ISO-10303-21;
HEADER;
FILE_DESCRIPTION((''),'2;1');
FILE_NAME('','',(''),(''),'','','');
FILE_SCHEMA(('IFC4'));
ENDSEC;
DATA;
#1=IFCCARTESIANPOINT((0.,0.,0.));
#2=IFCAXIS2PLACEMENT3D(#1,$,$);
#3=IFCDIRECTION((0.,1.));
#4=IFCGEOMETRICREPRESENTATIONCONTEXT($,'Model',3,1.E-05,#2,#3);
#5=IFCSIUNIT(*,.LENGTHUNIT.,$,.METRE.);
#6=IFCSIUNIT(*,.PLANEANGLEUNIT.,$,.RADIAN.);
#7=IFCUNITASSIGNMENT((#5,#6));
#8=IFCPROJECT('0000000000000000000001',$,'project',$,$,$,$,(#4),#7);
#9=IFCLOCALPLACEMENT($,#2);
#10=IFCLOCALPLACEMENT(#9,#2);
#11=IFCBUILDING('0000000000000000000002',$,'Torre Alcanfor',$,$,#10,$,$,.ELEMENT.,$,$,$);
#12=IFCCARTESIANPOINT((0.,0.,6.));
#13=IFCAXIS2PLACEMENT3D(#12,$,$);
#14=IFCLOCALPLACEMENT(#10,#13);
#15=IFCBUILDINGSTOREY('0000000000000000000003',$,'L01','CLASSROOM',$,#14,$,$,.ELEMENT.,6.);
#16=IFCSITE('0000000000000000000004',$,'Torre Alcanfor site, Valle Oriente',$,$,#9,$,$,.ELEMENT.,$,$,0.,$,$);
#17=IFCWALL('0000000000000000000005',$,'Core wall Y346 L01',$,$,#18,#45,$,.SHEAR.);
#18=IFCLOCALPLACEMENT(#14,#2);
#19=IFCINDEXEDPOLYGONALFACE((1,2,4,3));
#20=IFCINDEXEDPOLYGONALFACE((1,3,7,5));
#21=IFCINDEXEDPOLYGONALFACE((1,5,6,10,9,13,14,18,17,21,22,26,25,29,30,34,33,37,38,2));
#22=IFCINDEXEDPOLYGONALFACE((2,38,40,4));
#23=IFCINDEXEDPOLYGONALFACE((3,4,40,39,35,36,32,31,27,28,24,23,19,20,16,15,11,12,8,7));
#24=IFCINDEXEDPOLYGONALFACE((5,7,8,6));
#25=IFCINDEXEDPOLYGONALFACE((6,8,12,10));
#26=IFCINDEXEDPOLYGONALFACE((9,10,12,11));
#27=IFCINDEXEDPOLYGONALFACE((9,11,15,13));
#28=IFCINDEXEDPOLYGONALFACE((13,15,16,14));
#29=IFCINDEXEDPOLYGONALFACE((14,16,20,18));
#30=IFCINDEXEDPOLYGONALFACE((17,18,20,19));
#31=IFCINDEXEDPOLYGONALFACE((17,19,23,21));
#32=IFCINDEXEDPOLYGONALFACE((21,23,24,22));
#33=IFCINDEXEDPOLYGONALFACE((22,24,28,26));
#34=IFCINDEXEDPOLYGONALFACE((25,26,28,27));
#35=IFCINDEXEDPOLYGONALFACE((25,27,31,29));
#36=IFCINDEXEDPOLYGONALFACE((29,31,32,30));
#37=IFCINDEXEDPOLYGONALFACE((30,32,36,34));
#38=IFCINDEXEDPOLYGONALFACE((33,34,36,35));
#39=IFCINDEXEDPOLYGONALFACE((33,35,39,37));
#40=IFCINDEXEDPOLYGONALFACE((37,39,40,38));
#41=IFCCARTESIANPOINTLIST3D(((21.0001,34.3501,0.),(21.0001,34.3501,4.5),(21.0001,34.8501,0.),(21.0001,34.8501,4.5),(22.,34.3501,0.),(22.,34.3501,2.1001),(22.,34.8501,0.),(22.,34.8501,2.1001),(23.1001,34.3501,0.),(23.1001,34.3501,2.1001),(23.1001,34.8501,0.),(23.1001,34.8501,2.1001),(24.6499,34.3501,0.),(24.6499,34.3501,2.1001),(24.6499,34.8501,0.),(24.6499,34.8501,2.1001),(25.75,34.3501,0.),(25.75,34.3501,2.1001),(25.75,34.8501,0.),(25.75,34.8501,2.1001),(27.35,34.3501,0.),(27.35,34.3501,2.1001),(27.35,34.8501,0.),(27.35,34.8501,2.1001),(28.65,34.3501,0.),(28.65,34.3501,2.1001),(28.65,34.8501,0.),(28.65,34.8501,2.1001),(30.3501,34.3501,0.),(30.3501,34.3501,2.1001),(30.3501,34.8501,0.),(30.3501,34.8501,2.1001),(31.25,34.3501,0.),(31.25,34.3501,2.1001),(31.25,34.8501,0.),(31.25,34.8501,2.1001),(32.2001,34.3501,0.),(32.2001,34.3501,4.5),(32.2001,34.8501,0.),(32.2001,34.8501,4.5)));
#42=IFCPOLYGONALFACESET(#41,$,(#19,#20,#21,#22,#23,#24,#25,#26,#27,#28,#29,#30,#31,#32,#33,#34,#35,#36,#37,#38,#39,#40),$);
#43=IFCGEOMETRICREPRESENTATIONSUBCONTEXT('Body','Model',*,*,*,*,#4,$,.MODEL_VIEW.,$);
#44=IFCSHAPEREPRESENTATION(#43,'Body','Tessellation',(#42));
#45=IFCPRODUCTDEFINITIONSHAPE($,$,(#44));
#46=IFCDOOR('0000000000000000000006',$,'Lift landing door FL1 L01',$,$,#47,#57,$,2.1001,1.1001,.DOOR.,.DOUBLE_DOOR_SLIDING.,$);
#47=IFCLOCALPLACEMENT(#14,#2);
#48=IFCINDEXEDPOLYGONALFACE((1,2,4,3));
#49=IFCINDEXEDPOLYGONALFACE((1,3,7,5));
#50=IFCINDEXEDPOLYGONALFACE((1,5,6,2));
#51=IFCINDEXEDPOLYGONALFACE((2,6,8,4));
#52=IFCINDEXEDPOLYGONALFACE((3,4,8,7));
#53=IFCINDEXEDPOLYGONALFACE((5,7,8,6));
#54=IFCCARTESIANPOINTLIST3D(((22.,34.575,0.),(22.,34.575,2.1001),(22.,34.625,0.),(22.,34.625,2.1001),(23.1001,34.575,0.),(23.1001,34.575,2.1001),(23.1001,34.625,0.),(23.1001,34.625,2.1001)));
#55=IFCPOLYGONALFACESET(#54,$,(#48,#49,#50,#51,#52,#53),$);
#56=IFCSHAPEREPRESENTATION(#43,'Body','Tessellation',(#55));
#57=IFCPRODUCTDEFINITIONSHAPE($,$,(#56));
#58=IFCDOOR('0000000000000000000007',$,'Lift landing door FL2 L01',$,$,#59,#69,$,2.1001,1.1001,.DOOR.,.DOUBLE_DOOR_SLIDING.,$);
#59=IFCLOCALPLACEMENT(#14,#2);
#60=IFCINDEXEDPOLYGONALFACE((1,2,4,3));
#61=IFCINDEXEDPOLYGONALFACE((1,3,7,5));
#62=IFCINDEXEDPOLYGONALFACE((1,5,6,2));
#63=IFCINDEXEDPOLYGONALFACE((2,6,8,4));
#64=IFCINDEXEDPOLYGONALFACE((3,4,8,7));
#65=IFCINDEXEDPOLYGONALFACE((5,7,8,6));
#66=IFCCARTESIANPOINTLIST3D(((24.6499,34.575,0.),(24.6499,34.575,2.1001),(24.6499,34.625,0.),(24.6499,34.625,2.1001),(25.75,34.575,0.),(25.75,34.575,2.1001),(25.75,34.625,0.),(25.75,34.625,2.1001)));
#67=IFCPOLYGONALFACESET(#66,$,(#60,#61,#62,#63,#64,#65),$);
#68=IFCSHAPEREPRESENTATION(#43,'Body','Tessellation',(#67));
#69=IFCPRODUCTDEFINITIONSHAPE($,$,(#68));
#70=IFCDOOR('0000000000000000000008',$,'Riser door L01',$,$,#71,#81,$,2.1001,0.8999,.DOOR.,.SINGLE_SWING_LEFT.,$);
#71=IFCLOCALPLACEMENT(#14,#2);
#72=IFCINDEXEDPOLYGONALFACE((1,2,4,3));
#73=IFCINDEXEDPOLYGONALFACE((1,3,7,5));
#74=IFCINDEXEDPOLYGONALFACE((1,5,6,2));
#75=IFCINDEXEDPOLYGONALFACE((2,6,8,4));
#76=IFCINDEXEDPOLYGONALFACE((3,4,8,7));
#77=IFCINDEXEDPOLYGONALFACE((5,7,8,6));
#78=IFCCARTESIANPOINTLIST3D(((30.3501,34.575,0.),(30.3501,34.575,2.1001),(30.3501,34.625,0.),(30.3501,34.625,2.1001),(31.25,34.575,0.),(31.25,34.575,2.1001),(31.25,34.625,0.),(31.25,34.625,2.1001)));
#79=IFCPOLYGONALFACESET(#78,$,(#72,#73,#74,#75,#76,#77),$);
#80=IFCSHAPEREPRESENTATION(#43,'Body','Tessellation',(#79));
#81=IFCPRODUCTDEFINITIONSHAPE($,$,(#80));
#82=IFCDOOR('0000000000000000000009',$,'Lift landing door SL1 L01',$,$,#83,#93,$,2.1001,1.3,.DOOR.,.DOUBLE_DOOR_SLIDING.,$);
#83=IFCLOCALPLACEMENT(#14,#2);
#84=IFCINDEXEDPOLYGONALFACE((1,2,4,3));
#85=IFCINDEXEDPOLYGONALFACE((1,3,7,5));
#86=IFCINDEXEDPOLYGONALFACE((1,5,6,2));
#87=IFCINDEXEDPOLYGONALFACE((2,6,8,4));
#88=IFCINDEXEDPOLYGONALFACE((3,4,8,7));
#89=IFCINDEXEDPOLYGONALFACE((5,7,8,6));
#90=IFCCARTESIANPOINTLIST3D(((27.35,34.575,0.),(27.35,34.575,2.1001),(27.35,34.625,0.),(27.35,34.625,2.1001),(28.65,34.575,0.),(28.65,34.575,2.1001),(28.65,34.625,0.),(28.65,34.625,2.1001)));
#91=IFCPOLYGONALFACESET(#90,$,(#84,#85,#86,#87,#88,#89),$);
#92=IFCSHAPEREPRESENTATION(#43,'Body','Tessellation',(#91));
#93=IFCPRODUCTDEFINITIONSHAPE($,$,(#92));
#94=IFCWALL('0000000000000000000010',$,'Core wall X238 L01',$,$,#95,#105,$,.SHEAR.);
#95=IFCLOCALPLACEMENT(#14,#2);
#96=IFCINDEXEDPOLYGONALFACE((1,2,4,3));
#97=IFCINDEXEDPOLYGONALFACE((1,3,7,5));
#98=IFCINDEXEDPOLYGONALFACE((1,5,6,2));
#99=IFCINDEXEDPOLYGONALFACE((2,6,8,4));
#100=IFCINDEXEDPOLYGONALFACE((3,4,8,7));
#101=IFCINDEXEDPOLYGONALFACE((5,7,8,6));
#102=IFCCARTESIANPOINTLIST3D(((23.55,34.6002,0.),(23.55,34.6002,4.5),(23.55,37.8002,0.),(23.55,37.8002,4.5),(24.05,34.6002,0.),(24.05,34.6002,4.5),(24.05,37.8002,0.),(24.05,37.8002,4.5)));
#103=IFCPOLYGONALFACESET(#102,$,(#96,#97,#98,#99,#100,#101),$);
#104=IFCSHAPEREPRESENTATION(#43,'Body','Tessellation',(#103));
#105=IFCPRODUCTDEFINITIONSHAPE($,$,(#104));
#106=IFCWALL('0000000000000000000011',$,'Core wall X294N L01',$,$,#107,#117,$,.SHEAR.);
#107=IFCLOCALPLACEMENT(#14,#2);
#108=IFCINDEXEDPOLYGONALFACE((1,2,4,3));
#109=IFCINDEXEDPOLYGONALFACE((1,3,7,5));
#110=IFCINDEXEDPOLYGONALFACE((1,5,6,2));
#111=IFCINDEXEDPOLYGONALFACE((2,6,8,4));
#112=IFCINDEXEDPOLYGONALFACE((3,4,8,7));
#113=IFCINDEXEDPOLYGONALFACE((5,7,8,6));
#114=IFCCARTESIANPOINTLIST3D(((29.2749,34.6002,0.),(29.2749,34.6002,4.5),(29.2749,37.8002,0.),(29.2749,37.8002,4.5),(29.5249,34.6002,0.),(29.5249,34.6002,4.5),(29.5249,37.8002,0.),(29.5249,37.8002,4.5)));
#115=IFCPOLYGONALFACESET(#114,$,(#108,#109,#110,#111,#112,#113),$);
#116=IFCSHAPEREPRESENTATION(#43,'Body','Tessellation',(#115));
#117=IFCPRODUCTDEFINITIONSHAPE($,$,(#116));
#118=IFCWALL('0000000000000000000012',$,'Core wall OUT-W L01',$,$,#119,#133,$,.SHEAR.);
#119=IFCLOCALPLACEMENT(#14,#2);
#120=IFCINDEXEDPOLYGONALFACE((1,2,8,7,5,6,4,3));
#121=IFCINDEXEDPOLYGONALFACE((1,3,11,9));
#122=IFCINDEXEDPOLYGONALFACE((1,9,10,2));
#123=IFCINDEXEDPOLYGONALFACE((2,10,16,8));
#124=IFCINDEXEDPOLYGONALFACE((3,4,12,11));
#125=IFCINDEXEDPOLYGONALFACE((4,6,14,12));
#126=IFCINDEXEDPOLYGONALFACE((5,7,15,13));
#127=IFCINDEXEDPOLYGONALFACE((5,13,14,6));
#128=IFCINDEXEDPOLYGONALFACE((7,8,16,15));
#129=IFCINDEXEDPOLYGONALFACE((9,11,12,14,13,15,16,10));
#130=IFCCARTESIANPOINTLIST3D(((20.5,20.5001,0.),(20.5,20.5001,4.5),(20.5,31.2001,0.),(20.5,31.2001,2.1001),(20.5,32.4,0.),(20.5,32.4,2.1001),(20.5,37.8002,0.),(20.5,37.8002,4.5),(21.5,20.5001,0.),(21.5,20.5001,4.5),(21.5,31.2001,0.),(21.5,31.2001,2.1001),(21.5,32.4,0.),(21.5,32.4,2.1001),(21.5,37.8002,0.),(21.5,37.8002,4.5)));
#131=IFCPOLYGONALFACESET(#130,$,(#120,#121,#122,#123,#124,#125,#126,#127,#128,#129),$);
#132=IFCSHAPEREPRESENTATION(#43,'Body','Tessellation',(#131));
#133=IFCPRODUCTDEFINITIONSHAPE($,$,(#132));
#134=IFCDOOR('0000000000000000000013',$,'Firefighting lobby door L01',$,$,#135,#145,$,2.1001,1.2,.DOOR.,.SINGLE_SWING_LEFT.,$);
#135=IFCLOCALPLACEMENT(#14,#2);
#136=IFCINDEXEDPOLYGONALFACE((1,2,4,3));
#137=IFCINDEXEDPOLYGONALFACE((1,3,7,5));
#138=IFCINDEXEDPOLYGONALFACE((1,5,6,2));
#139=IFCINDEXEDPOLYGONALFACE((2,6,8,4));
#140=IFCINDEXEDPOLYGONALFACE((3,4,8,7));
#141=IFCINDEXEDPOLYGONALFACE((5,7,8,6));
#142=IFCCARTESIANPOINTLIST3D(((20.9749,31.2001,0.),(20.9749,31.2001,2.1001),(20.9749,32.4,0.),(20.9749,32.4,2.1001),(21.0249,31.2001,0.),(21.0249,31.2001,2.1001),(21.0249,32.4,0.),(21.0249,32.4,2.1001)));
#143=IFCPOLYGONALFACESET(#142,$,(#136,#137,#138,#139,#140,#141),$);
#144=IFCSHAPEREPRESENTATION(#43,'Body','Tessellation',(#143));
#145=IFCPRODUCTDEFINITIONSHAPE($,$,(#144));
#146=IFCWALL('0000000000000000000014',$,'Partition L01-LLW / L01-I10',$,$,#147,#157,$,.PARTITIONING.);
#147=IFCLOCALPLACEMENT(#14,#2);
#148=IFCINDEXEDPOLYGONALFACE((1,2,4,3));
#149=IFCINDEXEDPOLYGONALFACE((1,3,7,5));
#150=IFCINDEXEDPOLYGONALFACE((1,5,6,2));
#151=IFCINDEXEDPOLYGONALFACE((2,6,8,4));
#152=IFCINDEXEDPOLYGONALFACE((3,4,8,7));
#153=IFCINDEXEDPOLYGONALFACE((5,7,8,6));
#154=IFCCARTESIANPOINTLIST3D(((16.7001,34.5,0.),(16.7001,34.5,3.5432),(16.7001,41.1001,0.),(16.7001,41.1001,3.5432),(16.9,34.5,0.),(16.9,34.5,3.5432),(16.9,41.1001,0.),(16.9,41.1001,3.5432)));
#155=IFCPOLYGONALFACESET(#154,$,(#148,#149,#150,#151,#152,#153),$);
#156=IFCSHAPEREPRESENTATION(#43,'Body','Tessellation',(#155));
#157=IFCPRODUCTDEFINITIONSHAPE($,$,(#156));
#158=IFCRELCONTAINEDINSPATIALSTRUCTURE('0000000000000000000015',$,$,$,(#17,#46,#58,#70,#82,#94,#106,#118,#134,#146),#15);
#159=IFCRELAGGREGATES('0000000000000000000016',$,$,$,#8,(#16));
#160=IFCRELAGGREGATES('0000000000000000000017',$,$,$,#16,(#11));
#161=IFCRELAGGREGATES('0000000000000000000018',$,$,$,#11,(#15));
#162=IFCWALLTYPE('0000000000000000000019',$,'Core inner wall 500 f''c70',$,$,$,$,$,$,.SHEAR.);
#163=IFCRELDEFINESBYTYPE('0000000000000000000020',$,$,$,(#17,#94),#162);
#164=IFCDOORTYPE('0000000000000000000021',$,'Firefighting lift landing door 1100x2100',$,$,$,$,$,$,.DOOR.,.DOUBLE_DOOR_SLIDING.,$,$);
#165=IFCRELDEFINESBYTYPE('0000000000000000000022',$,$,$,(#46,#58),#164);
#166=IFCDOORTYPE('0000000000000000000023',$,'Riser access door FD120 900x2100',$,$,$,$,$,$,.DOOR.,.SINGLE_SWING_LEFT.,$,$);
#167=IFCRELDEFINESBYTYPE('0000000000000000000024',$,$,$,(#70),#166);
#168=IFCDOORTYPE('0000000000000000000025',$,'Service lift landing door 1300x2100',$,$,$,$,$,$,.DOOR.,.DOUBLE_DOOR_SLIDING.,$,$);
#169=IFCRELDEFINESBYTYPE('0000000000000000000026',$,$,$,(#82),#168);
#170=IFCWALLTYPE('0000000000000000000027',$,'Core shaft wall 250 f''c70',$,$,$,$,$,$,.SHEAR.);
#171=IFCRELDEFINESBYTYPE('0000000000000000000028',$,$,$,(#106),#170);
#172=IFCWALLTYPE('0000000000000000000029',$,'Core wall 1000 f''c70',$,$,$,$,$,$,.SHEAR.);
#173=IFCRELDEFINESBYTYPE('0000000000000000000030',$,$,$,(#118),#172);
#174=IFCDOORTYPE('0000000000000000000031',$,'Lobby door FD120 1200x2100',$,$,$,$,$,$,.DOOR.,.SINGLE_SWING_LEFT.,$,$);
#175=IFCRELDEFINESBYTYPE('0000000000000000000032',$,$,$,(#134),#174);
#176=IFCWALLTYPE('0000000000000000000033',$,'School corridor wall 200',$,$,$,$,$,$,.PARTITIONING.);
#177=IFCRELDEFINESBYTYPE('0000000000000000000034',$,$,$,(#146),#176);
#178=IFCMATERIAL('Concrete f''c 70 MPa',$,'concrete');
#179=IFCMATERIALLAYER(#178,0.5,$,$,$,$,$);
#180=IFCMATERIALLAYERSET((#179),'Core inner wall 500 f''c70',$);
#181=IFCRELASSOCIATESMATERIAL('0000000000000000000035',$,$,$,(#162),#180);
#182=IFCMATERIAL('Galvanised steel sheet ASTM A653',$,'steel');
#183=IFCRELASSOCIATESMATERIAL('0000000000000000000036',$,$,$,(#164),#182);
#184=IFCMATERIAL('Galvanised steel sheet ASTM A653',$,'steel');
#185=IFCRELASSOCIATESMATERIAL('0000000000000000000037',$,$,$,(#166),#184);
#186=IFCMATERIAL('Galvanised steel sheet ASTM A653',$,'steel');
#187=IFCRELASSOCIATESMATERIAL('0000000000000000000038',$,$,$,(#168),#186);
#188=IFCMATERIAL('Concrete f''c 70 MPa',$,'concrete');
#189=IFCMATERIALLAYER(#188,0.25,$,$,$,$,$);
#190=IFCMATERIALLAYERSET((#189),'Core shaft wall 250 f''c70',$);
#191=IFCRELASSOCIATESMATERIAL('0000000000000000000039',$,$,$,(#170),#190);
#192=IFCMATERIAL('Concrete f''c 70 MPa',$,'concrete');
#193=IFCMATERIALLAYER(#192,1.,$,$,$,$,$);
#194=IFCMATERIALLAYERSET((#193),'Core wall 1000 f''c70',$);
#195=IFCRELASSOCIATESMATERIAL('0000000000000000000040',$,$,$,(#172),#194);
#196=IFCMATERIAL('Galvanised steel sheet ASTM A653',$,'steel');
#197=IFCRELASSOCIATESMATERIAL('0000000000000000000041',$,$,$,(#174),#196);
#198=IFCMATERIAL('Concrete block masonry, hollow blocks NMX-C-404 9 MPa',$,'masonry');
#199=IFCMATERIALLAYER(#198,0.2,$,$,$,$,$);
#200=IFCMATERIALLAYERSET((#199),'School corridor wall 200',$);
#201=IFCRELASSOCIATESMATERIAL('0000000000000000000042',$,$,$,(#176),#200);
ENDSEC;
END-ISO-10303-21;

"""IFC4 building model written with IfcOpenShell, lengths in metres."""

from ifc_helpers import new_model, si_unit, direction, frame, frame_2d, origin, place, context, subcontext, project, spatial, rectangle, extrude, material, layer, layer_set, type_object, element, fill, save


model = new_model("IFC4")

# Units and contexts
model_context = context("Model", 3, precision=1e-05, world=origin(), true_north=direction((0.0, 1.0)))
body_context = subcontext(model_context, "Body", "Model", "MODEL_VIEW")
ifc_project = project(units=[si_unit("LENGTHUNIT", "METRE"), si_unit("PLANEANGLEUNIT", "RADIAN")], contexts=[model_context])

# Site, building, storey
site_placement = place(None, origin())
site = spatial("IfcSite", under=ifc_project, at=site_placement, Name="Torre Alcanfor site, Valle Oriente", CompositionType="ELEMENT", RefElevation=0.0)
building_placement = place(site_placement, origin())
building = spatial("IfcBuilding", under=site, at=building_placement, Name="Torre Alcanfor", CompositionType="ELEMENT")
storey_placement = place(building_placement, frame((0.0, 0.0, 6.0)))
storey = spatial("IfcBuildingStorey", under=building, at=storey_placement, Name="L01", Description="CLASSROOM", CompositionType="ELEMENT", Elevation=6.0)

# Shared definitions
ifc_material_1 = material(Name="Concrete f'c 70 MPa", Category="concrete")
ifc_layer_1 = layer(ifc_material_1, 0.5)
ifc_layer_set_1 = layer_set([ifc_layer_1], Name="Core inner wall 500 f'c70")
wall_type_1 = type_object("IfcWallType", Name="Core inner wall 500 f'c70", PredefinedType="SHEAR", material=ifc_layer_set_1)

# Wall, openings, doors
wall_1_placement = place(storey_placement, frame((21.0, 34.6001, 0.0), z_axis=(0.0, 0.0, 1.0), x_axis=(1.0, 0.0, 0.0)))
wall_1 = element("IfcWall", 1, at=wall_1_placement, inside=storey, type_object=wall_type_1, Name="Core wall Y346 L01", PredefinedType="SHEAR", context=body_context, shape_type="SweptSolid", body=[
    extrude(rectangle(XDim=11.2, YDim=0.5, at=frame_2d((5.6001, 0.0))), origin(), (0.0, 0.0, 1.0), 4.5),
])
opening_1_placement = place(wall_1_placement, frame((9.3501, 0.0, 0.0)))
opening_1 = element("IfcOpeningElement", 2, at=opening_1_placement, cuts=wall_1, PredefinedType="OPENING", context=body_context, shape_type="SweptSolid", body=[
    extrude(rectangle(XDim=0.8999, YDim=2.1001, at=frame_2d((0.45, 1.05))), frame((0.0, 0.26, 0.0), z_axis=(0.0, -1.0, 0.0), x_axis=(1.0, 0.0, 0.0)), (0.0, 0.0, 1.0), 0.52),
])
opening_2_placement = place(wall_1_placement, frame((1.0, 0.0, 0.0)))
opening_2 = element("IfcOpeningElement", 3, at=opening_2_placement, cuts=wall_1, PredefinedType="OPENING", context=body_context, shape_type="SweptSolid", body=[
    extrude(rectangle(XDim=1.1001, YDim=2.1001, at=frame_2d((0.55, 1.05))), frame((0.0, 0.26, 0.0), z_axis=(0.0, -1.0, 0.0), x_axis=(1.0, 0.0, 0.0)), (0.0, 0.0, 1.0), 0.52),
])
opening_3_placement = place(wall_1_placement, frame((3.6499, 0.0, 0.0)))
opening_3 = element("IfcOpeningElement", 4, at=opening_3_placement, cuts=wall_1, PredefinedType="OPENING", context=body_context, shape_type="SweptSolid", body=[
    extrude(rectangle(XDim=1.1001, YDim=2.1001, at=frame_2d((0.55, 1.05))), frame((0.0, 0.26, 0.0), z_axis=(0.0, -1.0, 0.0), x_axis=(1.0, 0.0, 0.0)), (0.0, 0.0, 1.0), 0.52),
])
opening_4_placement = place(wall_1_placement, frame((6.3501, 0.0, 0.0)))
opening_4 = element("IfcOpeningElement", 5, at=opening_4_placement, cuts=wall_1, PredefinedType="OPENING", context=body_context, shape_type="SweptSolid", body=[
    extrude(rectangle(XDim=1.3, YDim=2.1001, at=frame_2d((0.6499, 1.05))), frame((0.0, 0.26, 0.0), z_axis=(0.0, -1.0, 0.0), x_axis=(1.0, 0.0, 0.0)), (0.0, 0.0, 1.0), 0.52),
])
ifc_material_2 = material(Name="Galvanised steel sheet ASTM A653", Category="steel")
door_type_1 = type_object("IfcDoorType", Name="Firefighting lift landing door 1100x2100", OperationType="DOUBLE_DOOR_SLIDING", PredefinedType="DOOR", material=ifc_material_2)
door_1_placement = place(opening_2_placement, origin())
door_1 = element("IfcDoor", 6, at=door_1_placement, inside=storey, type_object=door_type_1, Name="Lift landing door FL1 L01", OperationType="DOUBLE_DOOR_SLIDING", OverallHeight=2.1001, OverallWidth=1.1001, PredefinedType="DOOR", context=body_context, shape_type="SweptSolid", body=[
    extrude(rectangle(XDim=1.1001, YDim=2.1001, at=frame_2d((0.55, 1.05))), frame((0.0, 0.0249, 0.0), z_axis=(0.0, -1.0, 0.0), x_axis=(1.0, 0.0, 0.0)), (0.0, 0.0, 1.0), 0.05),
])
fill(opening_2, door_1)
door_2_placement = place(opening_3_placement, origin())
door_2 = element("IfcDoor", 7, at=door_2_placement, inside=storey, type_object=door_type_1, Name="Lift landing door FL2 L01", OperationType="DOUBLE_DOOR_SLIDING", OverallHeight=2.1001, OverallWidth=1.1001, PredefinedType="DOOR", context=body_context, shape_type="SweptSolid", body=[
    extrude(rectangle(XDim=1.1001, YDim=2.1001, at=frame_2d((0.55, 1.05))), frame((0.0, 0.0249, 0.0), z_axis=(0.0, -1.0, 0.0), x_axis=(1.0, 0.0, 0.0)), (0.0, 0.0, 1.0), 0.05),
])
fill(opening_3, door_2)
ifc_material_3 = material(Name="Galvanised steel sheet ASTM A653", Category="steel")
door_type_2 = type_object("IfcDoorType", Name="Riser access door FD120 900x2100", OperationType="SINGLE_SWING_LEFT", PredefinedType="DOOR", material=ifc_material_3)
door_3_placement = place(opening_1_placement, origin())
door_3 = element("IfcDoor", 8, at=door_3_placement, inside=storey, type_object=door_type_2, Name="Riser door L01", OperationType="SINGLE_SWING_LEFT", OverallHeight=2.1001, OverallWidth=0.8999, PredefinedType="DOOR", context=body_context, shape_type="SweptSolid", body=[
    extrude(rectangle(XDim=0.8999, YDim=2.1001, at=frame_2d((0.45, 1.05))), frame((0.0, 0.0249, 0.0), z_axis=(0.0, -1.0, 0.0), x_axis=(1.0, 0.0, 0.0)), (0.0, 0.0, 1.0), 0.05),
])
fill(opening_1, door_3)
ifc_material_4 = material(Name="Galvanised steel sheet ASTM A653", Category="steel")
door_type_3 = type_object("IfcDoorType", Name="Service lift landing door 1300x2100", OperationType="DOUBLE_DOOR_SLIDING", PredefinedType="DOOR", material=ifc_material_4)
door_4_placement = place(opening_4_placement, origin())
door_4 = element("IfcDoor", 9, at=door_4_placement, inside=storey, type_object=door_type_3, Name="Lift landing door SL1 L01", OperationType="DOUBLE_DOOR_SLIDING", OverallHeight=2.1001, OverallWidth=1.3, PredefinedType="DOOR", context=body_context, shape_type="SweptSolid", body=[
    extrude(rectangle(XDim=1.3, YDim=2.1001, at=frame_2d((0.6499, 1.05))), frame((0.0, 0.0249, 0.0), z_axis=(0.0, -1.0, 0.0), x_axis=(1.0, 0.0, 0.0)), (0.0, 0.0, 1.0), 0.05),
])
fill(opening_4, door_4)

# Walls
wall_2_placement = place(storey_placement, frame((23.8, 34.6001, 0.0), z_axis=(0.0, 0.0, 1.0), x_axis=(0.0, 1.0, 0.0)))
element("IfcWall", 10, at=wall_2_placement, inside=storey, type_object=wall_type_1, Name="Core wall X238 L01", PredefinedType="SHEAR", context=body_context, shape_type="SweptSolid", body=[
    extrude(rectangle(XDim=3.2, YDim=0.5, at=frame_2d((1.6001, 0.0))), origin(), (0.0, 0.0, 1.0), 4.5),
])
ifc_material_5 = material(Name="Concrete f'c 70 MPa", Category="concrete")
ifc_layer_2 = layer(ifc_material_5, 0.25)
ifc_layer_set_2 = layer_set([ifc_layer_2], Name="Core shaft wall 250 f'c70")
wall_type_2 = type_object("IfcWallType", Name="Core shaft wall 250 f'c70", PredefinedType="SHEAR", material=ifc_layer_set_2)
wall_3_placement = place(storey_placement, frame((29.3999, 34.6001, 0.0), z_axis=(0.0, 0.0, 1.0), x_axis=(0.0, 1.0, 0.0)))
element("IfcWall", 11, at=wall_3_placement, inside=storey, type_object=wall_type_2, Name="Core wall X294N L01", PredefinedType="SHEAR", context=body_context, shape_type="SweptSolid", body=[
    extrude(rectangle(XDim=3.2, YDim=0.25, at=frame_2d((1.6001, 0.0))), origin(), (0.0, 0.0, 1.0), 4.5),
])

# Wall, opening, door
ifc_material_6 = material(Name="Concrete f'c 70 MPa", Category="concrete")
ifc_layer_3 = layer(ifc_material_6, 1.0)
ifc_layer_set_3 = layer_set([ifc_layer_3], Name="Core wall 1000 f'c70")
wall_type_3 = type_object("IfcWallType", Name="Core wall 1000 f'c70", PredefinedType="SHEAR", material=ifc_layer_set_3)
wall_4_placement = place(storey_placement, frame((21.0, 37.8, 0.0), z_axis=(0.0, 0.0, 1.0), x_axis=(0.0, -1.0, 0.0)))
wall_4 = element("IfcWall", 12, at=wall_4_placement, inside=storey, type_object=wall_type_3, Name="Core wall OUT-W L01", PredefinedType="SHEAR", context=body_context, shape_type="SweptSolid", body=[
    extrude(rectangle(XDim=17.3, YDim=1.0, at=frame_2d((8.6499, 0.0))), origin(), (0.0, 0.0, 1.0), 4.5),
])
opening_5_placement = place(wall_4_placement, frame((5.3999, 0.0, 0.0)))
opening_5 = element("IfcOpeningElement", 13, at=opening_5_placement, cuts=wall_4, PredefinedType="OPENING", context=body_context, shape_type="SweptSolid", body=[
    extrude(rectangle(XDim=1.2, YDim=2.1001, at=frame_2d((0.6001, 1.05))), frame((0.0, 0.51, 0.0), z_axis=(0.0, -1.0, 0.0), x_axis=(1.0, 0.0, 0.0)), (0.0, 0.0, 1.0), 1.02),
])
ifc_material_7 = material(Name="Galvanised steel sheet ASTM A653", Category="steel")
door_type_4 = type_object("IfcDoorType", Name="Lobby door FD120 1200x2100", OperationType="SINGLE_SWING_LEFT", PredefinedType="DOOR", material=ifc_material_7)
door_5_placement = place(opening_5_placement, origin())
door_5 = element("IfcDoor", 14, at=door_5_placement, inside=storey, type_object=door_type_4, Name="Firefighting lobby door L01", OperationType="SINGLE_SWING_LEFT", OverallHeight=2.1001, OverallWidth=1.2, PredefinedType="DOOR", context=body_context, shape_type="SweptSolid", body=[
    extrude(rectangle(XDim=1.2, YDim=2.1001, at=frame_2d((0.6001, 1.05))), frame((0.0, 0.0249, 0.0), z_axis=(0.0, -1.0, 0.0), x_axis=(1.0, 0.0, 0.0)), (0.0, 0.0, 1.0), 0.05),
])
fill(opening_5, door_5)

# Wall
ifc_material_8 = material(Name="Concrete block masonry, hollow blocks NMX-C-404 9 MPa", Category="masonry")
ifc_layer_4 = layer(ifc_material_8, 0.2)
ifc_layer_set_4 = layer_set([ifc_layer_4], Name="School corridor wall 200")
wall_type_4 = type_object("IfcWallType", Name="School corridor wall 200", PredefinedType="PARTITIONING", material=ifc_layer_set_4)
wall_5_placement = place(storey_placement, frame((16.8, 34.5, 0.0), z_axis=(0.0, 0.0, 1.0), x_axis=(0.0, 1.0, 0.0)))
element("IfcWall", 15, at=wall_5_placement, inside=storey, type_object=wall_type_4, Name="Partition L01-LLW / L01-I10", PredefinedType="PARTITIONING", context=body_context, shape_type="SweptSolid", body=[
    extrude(rectangle(XDim=6.6001, YDim=0.2, at=frame_2d((3.3, 0.0))), origin(), (0.0, 0.0, 1.0), 3.5432),
])

save(model, "model.ifc")
